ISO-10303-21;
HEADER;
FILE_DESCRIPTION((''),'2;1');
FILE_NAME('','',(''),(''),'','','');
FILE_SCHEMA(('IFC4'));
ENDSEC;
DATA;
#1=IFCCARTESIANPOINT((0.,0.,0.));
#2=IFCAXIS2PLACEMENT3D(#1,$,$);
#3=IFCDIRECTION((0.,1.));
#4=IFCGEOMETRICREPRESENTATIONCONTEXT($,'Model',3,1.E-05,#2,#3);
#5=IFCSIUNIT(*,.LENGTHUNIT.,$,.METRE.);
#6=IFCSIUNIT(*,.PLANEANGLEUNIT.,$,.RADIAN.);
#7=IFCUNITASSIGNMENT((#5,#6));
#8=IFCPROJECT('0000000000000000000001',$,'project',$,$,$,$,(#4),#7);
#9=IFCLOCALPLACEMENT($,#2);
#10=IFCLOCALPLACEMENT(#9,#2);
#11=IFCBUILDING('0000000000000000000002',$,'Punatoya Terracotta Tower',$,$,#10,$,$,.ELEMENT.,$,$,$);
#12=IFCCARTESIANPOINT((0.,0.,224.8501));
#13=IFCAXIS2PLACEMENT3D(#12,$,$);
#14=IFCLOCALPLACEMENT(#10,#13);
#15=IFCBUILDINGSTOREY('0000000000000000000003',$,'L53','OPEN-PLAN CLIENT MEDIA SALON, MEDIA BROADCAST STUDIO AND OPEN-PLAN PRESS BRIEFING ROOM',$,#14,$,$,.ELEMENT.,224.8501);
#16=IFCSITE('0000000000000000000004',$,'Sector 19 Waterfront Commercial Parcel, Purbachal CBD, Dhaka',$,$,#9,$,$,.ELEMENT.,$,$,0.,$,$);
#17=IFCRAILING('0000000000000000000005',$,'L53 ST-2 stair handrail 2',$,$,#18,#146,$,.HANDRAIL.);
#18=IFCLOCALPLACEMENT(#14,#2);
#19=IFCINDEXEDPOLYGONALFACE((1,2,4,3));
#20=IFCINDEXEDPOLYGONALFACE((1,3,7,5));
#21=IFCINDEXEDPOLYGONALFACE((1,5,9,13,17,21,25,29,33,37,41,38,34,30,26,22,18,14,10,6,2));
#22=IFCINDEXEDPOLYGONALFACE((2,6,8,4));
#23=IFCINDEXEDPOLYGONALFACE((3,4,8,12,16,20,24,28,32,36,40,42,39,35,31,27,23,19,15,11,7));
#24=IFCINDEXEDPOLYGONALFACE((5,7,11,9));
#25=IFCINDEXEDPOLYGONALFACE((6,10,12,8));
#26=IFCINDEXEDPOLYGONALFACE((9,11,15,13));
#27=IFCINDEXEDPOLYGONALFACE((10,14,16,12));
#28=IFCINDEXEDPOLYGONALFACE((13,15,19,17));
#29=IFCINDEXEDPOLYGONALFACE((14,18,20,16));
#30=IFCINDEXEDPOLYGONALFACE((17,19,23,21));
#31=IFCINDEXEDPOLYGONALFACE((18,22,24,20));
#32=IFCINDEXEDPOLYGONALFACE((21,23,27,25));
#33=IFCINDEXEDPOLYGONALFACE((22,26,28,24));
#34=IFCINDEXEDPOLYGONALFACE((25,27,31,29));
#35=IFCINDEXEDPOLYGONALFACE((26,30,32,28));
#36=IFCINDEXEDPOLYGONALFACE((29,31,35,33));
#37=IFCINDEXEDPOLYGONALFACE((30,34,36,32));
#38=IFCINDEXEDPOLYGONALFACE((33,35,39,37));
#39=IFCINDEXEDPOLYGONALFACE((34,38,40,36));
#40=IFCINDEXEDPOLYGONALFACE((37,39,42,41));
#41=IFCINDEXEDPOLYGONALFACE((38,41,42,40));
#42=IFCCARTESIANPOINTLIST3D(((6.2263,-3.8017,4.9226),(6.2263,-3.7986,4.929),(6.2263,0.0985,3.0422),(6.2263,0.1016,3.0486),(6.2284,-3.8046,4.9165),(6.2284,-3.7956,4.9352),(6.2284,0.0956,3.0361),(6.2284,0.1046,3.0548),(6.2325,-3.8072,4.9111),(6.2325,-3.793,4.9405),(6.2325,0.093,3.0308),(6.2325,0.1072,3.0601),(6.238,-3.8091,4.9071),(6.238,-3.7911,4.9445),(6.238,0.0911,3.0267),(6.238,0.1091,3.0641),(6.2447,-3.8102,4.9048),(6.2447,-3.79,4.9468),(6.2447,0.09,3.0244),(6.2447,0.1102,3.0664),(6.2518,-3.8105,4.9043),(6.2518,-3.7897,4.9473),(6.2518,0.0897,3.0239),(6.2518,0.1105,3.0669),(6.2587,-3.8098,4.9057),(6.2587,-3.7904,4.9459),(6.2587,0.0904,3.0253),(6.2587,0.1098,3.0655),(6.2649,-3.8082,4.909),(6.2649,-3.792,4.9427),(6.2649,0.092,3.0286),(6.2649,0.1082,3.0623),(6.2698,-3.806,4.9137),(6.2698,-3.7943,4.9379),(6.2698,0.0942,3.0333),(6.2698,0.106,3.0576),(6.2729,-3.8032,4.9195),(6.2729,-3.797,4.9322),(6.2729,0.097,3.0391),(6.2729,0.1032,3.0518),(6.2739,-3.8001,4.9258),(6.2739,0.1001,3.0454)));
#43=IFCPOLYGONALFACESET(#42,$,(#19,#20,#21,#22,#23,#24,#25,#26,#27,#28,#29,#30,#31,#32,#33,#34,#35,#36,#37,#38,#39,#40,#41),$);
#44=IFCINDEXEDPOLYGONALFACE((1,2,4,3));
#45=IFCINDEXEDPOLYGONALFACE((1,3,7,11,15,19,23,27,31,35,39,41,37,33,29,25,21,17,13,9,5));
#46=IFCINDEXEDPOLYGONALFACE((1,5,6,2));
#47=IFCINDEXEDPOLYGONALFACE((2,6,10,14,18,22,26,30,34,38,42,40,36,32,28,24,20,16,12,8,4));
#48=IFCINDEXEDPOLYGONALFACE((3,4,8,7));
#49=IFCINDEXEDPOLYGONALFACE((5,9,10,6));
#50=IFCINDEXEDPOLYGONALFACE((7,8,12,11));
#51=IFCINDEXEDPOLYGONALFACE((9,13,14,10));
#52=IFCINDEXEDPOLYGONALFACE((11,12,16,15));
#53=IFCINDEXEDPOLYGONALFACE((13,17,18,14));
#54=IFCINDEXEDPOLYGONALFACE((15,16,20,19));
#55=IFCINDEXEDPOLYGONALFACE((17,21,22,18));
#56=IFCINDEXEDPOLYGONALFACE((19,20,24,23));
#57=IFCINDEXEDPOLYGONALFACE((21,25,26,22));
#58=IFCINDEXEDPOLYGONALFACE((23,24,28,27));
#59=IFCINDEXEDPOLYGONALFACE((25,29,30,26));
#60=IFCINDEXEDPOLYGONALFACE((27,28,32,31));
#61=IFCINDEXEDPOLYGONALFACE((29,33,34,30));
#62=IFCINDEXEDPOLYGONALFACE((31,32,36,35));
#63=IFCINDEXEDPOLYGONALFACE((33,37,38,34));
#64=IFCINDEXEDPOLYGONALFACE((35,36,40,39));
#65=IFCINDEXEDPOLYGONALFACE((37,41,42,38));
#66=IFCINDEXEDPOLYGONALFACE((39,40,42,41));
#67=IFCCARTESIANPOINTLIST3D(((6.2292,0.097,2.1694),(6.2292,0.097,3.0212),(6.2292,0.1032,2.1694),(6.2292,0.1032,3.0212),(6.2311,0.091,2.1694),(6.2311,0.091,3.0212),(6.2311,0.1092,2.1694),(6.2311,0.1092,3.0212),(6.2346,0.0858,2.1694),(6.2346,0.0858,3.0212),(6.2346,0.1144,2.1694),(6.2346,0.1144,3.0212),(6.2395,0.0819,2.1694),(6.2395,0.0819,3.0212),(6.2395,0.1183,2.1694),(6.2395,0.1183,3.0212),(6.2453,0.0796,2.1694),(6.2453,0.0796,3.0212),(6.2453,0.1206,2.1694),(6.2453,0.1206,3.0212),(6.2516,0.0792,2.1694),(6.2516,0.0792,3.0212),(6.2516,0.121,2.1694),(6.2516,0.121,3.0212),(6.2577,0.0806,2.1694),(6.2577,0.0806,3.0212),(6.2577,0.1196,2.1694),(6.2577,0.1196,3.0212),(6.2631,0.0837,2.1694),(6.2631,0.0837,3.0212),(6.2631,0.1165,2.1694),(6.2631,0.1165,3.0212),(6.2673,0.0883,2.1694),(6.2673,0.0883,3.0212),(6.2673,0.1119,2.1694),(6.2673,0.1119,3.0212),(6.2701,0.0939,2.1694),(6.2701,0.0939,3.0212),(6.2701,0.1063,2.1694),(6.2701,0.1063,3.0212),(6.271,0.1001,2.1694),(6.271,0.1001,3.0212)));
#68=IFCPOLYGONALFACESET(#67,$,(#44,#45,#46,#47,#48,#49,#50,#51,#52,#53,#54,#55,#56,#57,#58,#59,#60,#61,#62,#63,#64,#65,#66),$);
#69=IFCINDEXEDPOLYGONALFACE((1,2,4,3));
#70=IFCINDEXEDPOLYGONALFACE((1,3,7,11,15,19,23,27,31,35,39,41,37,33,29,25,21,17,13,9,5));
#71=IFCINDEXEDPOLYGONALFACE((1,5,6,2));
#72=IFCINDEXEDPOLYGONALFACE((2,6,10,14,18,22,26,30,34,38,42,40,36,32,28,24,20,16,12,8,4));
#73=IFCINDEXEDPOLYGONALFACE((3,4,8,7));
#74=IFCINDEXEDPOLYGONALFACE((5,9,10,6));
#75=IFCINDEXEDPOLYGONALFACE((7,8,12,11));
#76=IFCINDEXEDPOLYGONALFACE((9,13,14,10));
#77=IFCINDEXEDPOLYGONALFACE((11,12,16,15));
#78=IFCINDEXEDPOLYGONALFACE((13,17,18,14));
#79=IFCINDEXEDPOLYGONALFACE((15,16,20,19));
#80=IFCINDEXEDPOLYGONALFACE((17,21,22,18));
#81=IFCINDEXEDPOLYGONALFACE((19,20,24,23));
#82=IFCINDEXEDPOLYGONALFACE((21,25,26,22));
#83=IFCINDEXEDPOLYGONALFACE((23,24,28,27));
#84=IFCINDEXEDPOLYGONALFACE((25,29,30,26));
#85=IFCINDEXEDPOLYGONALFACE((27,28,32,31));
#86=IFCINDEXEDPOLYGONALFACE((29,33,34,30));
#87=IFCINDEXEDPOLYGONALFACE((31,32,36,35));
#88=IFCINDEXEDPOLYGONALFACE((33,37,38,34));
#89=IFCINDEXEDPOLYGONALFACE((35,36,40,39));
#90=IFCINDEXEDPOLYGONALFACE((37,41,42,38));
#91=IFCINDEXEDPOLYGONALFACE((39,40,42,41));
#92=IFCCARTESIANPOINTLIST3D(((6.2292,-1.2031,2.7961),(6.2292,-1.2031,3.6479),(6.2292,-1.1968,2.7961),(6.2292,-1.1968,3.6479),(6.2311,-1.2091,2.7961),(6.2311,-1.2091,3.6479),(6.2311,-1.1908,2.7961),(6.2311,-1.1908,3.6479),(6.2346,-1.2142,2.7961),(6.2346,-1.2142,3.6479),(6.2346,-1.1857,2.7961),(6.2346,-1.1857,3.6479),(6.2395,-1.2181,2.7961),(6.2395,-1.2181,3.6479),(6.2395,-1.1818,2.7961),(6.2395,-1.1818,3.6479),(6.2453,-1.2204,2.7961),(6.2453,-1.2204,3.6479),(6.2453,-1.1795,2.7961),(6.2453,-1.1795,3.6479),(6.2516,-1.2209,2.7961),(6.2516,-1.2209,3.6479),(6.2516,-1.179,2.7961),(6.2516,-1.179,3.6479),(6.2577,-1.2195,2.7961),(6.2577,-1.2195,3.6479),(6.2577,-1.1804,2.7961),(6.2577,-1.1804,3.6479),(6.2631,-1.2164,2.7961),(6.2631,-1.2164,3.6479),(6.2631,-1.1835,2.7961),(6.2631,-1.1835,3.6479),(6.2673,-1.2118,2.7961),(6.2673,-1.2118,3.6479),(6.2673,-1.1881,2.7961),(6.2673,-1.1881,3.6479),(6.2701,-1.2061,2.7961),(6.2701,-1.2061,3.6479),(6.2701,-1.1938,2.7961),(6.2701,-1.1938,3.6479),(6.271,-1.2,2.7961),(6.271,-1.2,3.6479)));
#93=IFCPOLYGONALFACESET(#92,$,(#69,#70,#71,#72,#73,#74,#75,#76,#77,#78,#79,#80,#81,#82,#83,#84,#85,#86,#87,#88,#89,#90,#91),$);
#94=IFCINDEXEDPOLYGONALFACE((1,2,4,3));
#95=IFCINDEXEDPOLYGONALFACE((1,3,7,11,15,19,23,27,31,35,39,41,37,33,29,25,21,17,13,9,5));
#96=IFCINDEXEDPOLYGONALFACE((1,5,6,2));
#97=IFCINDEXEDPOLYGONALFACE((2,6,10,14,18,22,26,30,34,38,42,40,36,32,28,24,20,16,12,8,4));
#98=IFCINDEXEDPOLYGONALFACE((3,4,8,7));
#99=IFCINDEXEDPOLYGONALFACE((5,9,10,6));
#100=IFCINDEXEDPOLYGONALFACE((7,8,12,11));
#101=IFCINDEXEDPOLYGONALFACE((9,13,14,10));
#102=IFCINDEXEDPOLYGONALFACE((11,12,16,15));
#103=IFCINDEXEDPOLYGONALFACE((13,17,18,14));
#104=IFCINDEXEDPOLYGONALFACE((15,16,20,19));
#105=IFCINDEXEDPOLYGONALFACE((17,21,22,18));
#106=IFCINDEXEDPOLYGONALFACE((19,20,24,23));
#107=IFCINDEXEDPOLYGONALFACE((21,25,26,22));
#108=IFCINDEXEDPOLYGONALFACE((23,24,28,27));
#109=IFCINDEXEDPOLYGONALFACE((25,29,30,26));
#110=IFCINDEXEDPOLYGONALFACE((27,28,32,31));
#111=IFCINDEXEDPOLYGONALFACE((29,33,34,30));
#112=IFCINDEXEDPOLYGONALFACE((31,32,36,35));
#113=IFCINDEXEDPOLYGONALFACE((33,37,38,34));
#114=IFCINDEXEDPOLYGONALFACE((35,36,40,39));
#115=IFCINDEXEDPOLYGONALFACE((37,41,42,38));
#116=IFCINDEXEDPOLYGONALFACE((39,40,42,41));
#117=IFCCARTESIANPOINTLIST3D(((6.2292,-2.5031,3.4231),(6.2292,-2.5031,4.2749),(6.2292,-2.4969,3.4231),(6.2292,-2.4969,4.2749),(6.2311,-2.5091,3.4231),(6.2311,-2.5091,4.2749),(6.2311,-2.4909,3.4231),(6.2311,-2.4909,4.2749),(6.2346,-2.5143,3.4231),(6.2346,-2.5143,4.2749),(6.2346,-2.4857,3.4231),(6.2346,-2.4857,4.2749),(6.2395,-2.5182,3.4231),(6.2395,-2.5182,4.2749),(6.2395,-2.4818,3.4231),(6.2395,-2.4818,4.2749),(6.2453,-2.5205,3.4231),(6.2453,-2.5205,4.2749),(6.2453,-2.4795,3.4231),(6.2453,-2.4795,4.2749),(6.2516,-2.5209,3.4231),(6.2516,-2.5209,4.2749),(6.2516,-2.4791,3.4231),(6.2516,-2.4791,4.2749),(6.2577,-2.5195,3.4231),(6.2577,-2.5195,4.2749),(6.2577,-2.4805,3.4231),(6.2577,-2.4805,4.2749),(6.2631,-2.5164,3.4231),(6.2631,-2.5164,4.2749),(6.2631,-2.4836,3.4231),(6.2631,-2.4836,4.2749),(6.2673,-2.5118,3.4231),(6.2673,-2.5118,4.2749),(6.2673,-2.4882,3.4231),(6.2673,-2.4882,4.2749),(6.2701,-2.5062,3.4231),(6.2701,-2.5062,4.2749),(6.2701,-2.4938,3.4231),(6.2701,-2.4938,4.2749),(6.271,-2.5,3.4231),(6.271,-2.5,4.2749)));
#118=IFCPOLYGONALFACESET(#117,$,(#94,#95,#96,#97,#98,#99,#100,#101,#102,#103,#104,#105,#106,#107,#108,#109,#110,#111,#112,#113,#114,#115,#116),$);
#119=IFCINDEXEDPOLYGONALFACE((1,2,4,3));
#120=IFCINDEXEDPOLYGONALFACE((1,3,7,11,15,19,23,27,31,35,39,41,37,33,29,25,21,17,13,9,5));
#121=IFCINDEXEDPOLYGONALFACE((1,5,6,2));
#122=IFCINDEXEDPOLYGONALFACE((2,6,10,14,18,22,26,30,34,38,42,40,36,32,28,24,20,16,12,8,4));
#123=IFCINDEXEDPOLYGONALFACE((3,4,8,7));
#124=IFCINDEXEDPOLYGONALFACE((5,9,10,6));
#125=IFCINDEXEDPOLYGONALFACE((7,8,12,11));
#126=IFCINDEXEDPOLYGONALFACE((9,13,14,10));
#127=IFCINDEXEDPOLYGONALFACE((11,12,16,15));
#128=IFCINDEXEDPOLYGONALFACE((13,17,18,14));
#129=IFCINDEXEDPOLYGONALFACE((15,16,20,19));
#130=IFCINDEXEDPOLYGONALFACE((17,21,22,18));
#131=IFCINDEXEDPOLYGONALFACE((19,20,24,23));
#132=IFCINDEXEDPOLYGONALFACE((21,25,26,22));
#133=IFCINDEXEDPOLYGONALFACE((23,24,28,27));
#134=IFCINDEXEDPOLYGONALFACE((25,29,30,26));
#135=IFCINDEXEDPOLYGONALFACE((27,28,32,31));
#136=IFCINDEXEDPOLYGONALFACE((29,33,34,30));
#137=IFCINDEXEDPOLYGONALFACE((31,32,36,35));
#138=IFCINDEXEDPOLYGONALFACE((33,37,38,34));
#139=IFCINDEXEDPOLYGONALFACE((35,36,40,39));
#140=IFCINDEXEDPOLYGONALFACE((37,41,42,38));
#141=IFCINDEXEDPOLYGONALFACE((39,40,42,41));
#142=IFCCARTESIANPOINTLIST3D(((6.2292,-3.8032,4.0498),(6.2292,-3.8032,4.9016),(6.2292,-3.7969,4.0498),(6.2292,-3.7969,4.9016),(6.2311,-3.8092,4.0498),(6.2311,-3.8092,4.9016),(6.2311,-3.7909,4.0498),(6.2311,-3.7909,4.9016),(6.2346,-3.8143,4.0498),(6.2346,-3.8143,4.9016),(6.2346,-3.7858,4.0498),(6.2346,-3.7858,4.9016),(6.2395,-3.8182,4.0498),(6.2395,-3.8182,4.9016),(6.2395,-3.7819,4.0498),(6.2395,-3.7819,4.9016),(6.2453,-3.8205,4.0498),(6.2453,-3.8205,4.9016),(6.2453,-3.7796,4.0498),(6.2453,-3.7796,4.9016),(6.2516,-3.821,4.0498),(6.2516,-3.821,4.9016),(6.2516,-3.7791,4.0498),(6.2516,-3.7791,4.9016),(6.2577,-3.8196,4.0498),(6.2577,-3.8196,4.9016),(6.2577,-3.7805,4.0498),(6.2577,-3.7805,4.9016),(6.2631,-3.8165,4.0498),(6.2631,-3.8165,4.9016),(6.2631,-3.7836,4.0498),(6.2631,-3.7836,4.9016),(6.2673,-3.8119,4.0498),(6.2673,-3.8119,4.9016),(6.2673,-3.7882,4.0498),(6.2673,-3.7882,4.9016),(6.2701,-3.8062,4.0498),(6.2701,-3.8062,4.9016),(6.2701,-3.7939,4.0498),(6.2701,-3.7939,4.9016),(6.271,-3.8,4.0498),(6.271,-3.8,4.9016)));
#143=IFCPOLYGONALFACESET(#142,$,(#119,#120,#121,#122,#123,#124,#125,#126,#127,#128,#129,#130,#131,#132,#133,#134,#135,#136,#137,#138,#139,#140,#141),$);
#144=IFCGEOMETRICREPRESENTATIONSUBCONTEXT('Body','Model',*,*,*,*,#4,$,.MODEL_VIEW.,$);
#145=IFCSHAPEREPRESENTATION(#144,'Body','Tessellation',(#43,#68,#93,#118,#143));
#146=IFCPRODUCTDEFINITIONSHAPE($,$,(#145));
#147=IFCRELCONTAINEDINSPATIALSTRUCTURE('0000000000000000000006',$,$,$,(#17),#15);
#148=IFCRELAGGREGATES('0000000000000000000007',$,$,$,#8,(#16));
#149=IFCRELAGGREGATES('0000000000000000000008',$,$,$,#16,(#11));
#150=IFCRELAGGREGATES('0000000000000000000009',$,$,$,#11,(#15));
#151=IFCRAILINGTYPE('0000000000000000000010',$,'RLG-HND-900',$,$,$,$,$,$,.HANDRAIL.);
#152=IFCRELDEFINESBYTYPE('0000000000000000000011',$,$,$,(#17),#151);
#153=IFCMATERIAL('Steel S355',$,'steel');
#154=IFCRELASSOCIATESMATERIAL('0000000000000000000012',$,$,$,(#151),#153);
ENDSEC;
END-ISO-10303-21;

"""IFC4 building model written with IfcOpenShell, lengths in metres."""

from ifc_helpers import new_model, si_unit, direction, frame, origin, origin_2d, place, context, subcontext, project, spatial, circle, extrude, material, type_object, element, save


model = new_model("IFC4")

# Units and contexts
model_context = context("Model", 3, precision=1e-05, world=origin(), true_north=direction((0.0, 1.0)))
body_context = subcontext(model_context, "Body", "Model", "MODEL_VIEW")
ifc_project = project(units=[si_unit("LENGTHUNIT", "METRE"), si_unit("PLANEANGLEUNIT", "RADIAN")], contexts=[model_context])

# Site, building, storey
site_placement = place(None, origin())
site = spatial("IfcSite", under=ifc_project, at=site_placement, Name="Sector 19 Waterfront Commercial Parcel, Purbachal CBD, Dhaka", CompositionType="ELEMENT", RefElevation=0.0)
building_placement = place(site_placement, origin())
building = spatial("IfcBuilding", under=site, at=building_placement, Name="Punatoya Terracotta Tower", CompositionType="ELEMENT")
storey_placement = place(building_placement, frame((0.0, 0.0, 224.8501)))
storey = spatial("IfcBuildingStorey", under=building, at=storey_placement, Name="L53", Description="OPEN-PLAN CLIENT MEDIA SALON, MEDIA BROADCAST STUDIO AND OPEN-PLAN PRESS BRIEFING ROOM", CompositionType="ELEMENT", Elevation=224.8501)

# Shared definitions
ifc_material_1 = material(Name="Steel S355", Category="steel")

# Railing
railing_type_1 = type_object("IfcRailingType", Name="RLG-HND-900", PredefinedType="HANDRAIL", material=ifc_material_1)
railing_1_placement = place(storey_placement, frame((6.25, 0.1001, 2.1694)))
element("IfcRailing", 1, at=railing_1_placement, inside=storey, type_object=railing_type_1, Name="L53 ST-2 stair handrail 2", PredefinedType="HANDRAIL", context=body_context, shape_type="SweptSolid", body=[
    extrude(circle(Radius=0.0239, at=origin_2d()), frame((0.0, 0.0, 0.876), z_axis=(0.0, -0.900774, 0.434289), x_axis=(1.0, 0.0, 0.0)), (0.0, 0.0, 1.0), 4.3298),
    extrude(circle(Radius=0.021, at=origin_2d()), origin(), (0.0, 0.0, 1.0), 0.8518),
    extrude(circle(Radius=0.021, at=origin_2d()), frame((0.0, -1.3, 0.6267)), (0.0, 0.0, 1.0), 0.8518),
    extrude(circle(Radius=0.021, at=origin_2d()), frame((0.0, -2.6001, 1.2537)), (0.0, 0.0, 1.0), 0.8518),
    extrude(circle(Radius=0.021, at=origin_2d()), frame((0.0, -3.9001, 1.8804)), (0.0, 0.0, 1.0), 0.8518),
])

save(model, "model.ifc")
